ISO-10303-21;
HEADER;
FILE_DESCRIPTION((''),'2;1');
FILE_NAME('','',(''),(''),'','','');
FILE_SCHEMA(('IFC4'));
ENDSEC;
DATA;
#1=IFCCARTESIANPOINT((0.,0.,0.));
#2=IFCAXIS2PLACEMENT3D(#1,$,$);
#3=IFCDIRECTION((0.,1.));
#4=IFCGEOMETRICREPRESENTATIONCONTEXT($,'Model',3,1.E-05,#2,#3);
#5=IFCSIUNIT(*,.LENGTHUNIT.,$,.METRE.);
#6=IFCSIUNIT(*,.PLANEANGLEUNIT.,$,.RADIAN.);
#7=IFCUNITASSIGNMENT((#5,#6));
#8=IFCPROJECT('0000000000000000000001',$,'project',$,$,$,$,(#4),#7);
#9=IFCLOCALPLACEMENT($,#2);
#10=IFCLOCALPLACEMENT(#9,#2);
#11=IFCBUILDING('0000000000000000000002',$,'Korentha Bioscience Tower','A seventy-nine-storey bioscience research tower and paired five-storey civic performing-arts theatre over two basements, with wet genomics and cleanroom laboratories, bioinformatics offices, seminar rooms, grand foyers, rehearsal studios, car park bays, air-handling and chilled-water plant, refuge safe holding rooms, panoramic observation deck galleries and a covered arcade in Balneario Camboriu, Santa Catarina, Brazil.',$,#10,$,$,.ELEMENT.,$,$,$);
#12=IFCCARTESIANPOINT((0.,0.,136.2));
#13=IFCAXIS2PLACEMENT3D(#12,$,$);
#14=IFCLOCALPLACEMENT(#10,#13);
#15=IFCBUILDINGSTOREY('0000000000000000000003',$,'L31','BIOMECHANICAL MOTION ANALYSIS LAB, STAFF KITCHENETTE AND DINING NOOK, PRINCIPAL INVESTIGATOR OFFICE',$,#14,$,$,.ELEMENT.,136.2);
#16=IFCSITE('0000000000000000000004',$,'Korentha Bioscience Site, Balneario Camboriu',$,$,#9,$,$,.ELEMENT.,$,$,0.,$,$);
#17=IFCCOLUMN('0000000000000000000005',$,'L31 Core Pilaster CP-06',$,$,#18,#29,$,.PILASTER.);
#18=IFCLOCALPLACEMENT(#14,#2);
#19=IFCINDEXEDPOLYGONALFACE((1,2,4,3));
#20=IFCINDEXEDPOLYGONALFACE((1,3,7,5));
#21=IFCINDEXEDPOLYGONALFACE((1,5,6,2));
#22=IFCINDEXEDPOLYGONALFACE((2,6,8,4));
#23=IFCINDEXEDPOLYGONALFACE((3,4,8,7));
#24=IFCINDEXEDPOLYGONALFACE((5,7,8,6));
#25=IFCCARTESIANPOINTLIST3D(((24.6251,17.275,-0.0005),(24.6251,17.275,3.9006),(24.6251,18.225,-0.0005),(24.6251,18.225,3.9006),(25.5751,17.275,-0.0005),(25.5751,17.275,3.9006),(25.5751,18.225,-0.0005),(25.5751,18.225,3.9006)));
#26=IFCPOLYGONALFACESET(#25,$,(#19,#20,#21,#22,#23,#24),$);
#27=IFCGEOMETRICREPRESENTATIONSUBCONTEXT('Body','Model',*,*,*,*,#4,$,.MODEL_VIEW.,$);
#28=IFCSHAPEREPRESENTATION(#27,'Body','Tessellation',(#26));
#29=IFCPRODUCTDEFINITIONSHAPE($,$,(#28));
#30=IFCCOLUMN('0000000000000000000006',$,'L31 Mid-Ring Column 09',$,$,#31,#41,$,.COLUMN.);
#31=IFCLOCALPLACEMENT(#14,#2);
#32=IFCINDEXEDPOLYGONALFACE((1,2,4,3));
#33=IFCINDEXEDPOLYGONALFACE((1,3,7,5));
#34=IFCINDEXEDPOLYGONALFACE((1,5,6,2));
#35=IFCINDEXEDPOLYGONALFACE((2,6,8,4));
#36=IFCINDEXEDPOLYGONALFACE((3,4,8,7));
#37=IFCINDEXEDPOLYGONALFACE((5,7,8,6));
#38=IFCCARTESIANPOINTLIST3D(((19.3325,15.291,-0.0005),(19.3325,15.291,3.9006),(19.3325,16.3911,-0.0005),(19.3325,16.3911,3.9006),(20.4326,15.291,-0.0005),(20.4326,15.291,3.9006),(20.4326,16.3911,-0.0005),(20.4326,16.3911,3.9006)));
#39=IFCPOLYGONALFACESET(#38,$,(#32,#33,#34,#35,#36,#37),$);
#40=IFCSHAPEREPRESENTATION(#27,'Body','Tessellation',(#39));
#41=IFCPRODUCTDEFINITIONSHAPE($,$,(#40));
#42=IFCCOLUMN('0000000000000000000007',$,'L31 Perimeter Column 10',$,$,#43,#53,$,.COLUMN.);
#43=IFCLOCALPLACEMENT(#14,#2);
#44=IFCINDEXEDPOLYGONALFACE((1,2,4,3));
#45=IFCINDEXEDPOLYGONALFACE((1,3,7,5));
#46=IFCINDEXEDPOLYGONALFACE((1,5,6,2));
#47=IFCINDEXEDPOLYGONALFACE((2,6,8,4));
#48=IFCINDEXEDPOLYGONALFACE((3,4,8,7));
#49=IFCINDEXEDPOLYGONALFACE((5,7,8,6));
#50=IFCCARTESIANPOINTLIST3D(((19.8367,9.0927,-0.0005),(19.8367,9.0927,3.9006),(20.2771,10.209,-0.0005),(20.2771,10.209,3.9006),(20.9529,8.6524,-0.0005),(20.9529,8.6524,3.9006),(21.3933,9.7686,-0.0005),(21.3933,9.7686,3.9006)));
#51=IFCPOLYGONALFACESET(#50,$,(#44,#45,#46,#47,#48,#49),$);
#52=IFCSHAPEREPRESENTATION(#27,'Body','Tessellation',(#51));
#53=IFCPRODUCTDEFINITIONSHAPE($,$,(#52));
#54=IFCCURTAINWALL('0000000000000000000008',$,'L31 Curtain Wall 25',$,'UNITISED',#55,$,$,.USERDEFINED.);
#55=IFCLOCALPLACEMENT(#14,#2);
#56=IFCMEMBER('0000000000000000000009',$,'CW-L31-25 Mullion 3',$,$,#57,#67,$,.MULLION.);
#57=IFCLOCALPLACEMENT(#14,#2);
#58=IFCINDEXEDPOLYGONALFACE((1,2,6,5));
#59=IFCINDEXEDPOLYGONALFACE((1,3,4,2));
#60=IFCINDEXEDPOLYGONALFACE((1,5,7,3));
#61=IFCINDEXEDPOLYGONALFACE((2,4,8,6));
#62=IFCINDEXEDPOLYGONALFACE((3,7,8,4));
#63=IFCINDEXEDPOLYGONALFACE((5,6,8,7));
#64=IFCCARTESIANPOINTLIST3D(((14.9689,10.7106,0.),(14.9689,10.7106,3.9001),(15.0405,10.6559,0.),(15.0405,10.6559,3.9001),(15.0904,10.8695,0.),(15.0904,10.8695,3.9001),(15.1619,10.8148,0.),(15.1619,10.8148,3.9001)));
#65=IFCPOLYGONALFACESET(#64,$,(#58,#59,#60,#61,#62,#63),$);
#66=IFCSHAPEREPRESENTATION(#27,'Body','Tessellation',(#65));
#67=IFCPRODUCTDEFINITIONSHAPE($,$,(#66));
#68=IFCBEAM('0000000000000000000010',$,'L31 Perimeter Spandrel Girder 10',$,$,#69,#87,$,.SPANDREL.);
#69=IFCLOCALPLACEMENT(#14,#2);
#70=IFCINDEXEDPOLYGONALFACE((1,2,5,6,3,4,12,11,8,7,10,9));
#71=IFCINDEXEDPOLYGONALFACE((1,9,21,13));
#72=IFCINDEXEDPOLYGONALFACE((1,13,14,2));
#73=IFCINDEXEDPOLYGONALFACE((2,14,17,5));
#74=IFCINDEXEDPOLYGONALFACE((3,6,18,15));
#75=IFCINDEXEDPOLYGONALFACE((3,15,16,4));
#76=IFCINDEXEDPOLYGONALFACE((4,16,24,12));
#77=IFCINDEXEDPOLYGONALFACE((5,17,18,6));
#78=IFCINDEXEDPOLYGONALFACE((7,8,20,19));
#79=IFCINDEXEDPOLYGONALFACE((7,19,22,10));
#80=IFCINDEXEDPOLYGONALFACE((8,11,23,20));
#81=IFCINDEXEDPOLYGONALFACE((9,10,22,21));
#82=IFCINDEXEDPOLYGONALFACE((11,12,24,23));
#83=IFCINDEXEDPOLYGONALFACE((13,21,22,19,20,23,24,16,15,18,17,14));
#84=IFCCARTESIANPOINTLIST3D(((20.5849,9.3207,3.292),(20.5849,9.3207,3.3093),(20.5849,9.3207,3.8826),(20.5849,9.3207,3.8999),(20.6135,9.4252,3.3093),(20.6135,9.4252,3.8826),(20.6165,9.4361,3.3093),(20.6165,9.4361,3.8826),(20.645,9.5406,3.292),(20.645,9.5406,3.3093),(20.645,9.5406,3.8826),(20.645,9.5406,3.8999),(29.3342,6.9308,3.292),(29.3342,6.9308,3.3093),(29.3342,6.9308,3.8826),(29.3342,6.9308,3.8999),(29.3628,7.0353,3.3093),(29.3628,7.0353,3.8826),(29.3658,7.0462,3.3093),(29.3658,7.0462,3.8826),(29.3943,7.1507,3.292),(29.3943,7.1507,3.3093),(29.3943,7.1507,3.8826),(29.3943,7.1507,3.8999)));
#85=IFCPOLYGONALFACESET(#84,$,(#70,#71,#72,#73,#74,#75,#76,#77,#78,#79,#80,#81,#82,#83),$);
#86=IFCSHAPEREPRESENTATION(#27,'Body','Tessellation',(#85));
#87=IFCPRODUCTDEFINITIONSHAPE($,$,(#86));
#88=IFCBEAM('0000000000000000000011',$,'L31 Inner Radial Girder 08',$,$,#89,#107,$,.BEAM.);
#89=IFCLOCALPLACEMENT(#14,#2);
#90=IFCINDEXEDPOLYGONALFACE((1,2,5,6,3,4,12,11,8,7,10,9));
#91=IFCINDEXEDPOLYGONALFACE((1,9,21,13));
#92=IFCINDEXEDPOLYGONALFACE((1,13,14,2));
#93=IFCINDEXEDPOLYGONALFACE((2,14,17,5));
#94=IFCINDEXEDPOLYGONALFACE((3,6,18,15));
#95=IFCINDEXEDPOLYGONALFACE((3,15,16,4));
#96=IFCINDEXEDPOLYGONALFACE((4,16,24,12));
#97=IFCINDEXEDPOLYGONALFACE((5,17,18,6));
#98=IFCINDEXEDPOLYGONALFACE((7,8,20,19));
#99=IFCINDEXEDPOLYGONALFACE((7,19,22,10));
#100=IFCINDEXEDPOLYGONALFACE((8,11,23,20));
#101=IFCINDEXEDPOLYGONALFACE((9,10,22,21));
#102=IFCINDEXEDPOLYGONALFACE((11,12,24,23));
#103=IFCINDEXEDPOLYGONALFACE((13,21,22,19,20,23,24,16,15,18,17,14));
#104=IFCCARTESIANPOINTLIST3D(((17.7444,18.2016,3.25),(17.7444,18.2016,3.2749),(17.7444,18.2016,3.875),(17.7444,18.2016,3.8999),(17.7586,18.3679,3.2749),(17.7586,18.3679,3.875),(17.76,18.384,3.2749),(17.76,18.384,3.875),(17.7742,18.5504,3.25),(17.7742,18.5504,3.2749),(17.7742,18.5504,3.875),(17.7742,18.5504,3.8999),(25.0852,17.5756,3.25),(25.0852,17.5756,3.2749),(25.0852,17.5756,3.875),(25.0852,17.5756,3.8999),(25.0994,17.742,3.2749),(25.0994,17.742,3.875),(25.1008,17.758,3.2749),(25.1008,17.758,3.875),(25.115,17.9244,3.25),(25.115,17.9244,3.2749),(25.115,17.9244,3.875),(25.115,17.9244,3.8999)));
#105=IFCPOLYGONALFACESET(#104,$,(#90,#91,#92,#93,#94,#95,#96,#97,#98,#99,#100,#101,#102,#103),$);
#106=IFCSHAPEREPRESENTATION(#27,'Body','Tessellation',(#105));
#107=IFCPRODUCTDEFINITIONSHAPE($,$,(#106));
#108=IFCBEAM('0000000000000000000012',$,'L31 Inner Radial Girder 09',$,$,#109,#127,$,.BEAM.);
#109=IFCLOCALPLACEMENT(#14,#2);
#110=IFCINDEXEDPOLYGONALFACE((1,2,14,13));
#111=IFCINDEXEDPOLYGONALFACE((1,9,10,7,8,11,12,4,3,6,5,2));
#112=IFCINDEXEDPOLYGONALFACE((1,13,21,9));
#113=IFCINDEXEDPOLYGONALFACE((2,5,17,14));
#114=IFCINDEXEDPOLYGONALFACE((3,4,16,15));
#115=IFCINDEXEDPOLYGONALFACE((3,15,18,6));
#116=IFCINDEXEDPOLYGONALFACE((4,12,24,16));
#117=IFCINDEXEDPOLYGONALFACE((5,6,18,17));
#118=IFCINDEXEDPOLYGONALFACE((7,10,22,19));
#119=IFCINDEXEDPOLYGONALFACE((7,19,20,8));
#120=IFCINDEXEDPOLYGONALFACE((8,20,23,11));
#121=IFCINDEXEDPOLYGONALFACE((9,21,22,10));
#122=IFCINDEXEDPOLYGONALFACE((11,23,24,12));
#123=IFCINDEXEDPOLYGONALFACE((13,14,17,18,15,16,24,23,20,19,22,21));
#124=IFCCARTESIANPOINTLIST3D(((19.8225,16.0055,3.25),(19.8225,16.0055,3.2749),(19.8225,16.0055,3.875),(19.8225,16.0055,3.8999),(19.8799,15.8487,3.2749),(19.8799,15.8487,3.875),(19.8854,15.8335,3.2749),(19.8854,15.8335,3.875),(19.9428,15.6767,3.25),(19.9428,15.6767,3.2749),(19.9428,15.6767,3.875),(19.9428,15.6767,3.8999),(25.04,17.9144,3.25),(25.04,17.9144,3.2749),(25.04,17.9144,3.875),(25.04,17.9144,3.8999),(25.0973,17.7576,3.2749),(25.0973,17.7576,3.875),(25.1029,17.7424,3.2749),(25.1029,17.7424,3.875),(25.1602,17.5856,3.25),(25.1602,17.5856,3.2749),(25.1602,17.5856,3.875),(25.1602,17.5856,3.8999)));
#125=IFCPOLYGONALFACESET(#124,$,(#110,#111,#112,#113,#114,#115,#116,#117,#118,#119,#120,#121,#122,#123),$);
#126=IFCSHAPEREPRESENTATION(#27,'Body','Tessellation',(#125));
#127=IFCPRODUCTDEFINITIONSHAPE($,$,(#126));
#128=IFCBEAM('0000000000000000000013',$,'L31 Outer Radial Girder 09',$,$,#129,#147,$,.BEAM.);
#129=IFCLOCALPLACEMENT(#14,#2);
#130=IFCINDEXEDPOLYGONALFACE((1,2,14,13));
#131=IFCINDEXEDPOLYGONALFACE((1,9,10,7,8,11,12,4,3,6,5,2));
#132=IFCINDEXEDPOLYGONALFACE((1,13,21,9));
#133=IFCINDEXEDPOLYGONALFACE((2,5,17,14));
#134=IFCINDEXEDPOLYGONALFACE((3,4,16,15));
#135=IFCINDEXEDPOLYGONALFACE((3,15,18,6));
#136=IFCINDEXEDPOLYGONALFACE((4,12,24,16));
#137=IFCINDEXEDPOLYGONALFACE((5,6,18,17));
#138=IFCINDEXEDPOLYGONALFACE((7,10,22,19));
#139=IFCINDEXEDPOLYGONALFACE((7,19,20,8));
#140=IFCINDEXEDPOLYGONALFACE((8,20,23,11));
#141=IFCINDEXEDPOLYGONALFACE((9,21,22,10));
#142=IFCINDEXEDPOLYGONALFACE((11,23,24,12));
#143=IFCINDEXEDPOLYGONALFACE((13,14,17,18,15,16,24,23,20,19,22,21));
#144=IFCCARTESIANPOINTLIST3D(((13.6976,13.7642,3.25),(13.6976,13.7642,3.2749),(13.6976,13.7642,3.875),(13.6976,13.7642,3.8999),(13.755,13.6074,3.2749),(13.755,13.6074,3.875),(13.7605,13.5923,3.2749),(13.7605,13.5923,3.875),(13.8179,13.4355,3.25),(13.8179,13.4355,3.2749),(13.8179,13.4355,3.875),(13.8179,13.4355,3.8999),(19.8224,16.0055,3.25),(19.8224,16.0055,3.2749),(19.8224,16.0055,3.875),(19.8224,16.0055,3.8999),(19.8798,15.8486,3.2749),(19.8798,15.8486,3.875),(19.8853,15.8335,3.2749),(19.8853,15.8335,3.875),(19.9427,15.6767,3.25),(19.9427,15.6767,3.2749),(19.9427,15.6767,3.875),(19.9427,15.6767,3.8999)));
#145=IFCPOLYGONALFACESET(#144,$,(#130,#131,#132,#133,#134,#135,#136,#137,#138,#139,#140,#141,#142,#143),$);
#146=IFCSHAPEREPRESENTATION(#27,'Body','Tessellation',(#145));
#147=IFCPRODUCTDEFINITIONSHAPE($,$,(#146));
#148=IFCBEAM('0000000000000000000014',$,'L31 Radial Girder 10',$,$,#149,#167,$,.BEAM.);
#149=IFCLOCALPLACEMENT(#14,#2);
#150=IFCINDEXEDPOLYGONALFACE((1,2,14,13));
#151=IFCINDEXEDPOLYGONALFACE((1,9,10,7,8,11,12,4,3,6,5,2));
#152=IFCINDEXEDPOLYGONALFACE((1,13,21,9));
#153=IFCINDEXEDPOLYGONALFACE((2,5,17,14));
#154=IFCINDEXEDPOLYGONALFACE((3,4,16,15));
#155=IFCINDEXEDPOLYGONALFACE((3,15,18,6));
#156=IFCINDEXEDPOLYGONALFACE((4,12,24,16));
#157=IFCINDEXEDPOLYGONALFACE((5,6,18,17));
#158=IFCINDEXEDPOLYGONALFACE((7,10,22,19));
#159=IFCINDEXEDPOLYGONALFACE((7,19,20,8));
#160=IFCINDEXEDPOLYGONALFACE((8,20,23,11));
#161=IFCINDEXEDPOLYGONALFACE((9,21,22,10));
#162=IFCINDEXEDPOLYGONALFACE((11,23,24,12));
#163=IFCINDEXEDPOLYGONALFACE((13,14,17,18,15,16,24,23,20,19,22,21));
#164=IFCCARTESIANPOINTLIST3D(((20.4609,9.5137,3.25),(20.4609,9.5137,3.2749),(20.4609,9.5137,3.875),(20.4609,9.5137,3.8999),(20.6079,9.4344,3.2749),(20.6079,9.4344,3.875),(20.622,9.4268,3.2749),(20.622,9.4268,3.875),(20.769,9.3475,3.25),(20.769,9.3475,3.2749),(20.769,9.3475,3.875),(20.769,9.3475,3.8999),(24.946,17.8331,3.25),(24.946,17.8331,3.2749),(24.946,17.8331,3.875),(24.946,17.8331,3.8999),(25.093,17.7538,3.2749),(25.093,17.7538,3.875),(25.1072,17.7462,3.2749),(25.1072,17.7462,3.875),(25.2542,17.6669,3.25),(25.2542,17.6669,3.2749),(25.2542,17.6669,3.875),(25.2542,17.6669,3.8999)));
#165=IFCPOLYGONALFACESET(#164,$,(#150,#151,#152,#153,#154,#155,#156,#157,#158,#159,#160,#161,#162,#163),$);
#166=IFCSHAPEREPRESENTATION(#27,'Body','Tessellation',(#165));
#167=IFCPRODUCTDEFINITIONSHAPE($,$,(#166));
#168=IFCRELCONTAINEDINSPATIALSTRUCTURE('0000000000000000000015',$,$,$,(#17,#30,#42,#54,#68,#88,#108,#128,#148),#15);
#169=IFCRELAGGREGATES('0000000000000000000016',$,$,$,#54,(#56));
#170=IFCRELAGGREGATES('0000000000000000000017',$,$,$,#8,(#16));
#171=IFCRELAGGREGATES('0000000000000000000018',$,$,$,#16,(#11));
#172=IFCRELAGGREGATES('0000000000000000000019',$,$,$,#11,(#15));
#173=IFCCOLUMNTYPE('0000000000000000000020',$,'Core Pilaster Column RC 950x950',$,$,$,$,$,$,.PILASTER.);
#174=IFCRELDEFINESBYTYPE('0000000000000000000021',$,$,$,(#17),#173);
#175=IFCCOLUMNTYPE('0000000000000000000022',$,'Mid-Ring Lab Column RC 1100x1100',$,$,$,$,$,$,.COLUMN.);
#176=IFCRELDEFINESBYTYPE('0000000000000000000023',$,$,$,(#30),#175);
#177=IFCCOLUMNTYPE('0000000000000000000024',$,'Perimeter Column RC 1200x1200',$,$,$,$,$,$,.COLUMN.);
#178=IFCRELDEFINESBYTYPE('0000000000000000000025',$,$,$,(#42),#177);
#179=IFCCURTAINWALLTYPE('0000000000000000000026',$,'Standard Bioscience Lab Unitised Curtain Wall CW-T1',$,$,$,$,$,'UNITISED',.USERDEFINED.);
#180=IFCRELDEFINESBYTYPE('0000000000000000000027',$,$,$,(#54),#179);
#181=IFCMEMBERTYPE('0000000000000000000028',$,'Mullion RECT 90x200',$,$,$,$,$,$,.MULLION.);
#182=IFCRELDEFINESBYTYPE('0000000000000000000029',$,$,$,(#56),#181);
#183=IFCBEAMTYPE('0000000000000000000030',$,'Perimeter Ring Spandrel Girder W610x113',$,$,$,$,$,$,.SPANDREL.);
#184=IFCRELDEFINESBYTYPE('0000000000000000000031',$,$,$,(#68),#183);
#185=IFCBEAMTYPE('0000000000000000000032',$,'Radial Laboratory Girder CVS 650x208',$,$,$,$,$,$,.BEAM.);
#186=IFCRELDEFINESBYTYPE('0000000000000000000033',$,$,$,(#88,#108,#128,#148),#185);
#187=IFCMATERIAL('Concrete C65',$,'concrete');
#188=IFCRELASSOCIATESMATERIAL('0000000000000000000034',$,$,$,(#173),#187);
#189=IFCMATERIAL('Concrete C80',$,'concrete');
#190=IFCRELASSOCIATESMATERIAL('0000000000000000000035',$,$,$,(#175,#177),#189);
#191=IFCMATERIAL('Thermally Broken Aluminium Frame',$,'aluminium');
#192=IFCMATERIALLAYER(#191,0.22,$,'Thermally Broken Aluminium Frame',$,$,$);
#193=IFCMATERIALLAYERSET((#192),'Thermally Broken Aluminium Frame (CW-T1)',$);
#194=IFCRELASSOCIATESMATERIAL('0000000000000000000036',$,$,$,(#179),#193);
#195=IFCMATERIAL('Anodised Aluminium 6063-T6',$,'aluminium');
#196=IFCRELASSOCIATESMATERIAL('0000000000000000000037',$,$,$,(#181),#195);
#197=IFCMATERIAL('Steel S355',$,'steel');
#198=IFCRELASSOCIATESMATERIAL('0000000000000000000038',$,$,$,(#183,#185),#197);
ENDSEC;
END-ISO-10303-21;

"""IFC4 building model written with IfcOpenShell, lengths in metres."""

from ifc_helpers import new_model, si_unit, direction, frame, origin, origin_2d, place, context, subcontext, project, spatial, rectangle, i_section, extrude, material, layer, layer_set, material_profile, profile_set, type_object, element, aggregate, save


model = new_model("IFC4")

# Units and contexts
model_context = context("Model", 3, precision=1e-05, world=origin(), true_north=direction((0.0, 1.0)))
body_context = subcontext(model_context, "Body", "Model", "MODEL_VIEW")
ifc_project = project(units=[si_unit("LENGTHUNIT", "METRE"), si_unit("PLANEANGLEUNIT", "RADIAN")], contexts=[model_context])

# Site, building, storey
site_placement = place(None, origin())
site = spatial("IfcSite", under=ifc_project, at=site_placement, Name="Korentha Bioscience Site, Balneario Camboriu", CompositionType="ELEMENT", RefElevation=0.0)
building_placement = place(site_placement, origin())
building = spatial("IfcBuilding", under=site, at=building_placement, Name="Korentha Bioscience Tower", Description="A seventy-nine-storey bioscience research tower and paired five-storey civic performing-arts theatre over two basements, with wet genomics and cleanroom laboratories, bioinformatics offices, seminar rooms, grand foyers, rehearsal studios, car park bays, air-handling and chilled-water plant, refuge safe holding rooms, panoramic observation deck galleries and a covered arcade in Balneario Camboriu, Santa Catarina, Brazil.", CompositionType="ELEMENT")
storey_placement = place(building_placement, frame((0.0, 0.0, 136.2)))
storey = spatial("IfcBuildingStorey", under=building, at=storey_placement, Name="L31", Description="BIOMECHANICAL MOTION ANALYSIS LAB, STAFF KITCHENETTE AND DINING NOOK, PRINCIPAL INVESTIGATOR OFFICE", CompositionType="ELEMENT", Elevation=136.2)

# Columns
ifc_material_1 = material(Name="Concrete C65", Category="concrete")
ifc_material_profile_1 = material_profile(ifc_material_1, rectangle(XDim=0.95, YDim=0.95, at=origin_2d()), Name="Concrete C65")
ifc_profile_set_1 = profile_set([ifc_material_profile_1], Name="Concrete C65 (COL-CP09)")
column_type_1 = type_object("IfcColumnType", Name="Core Pilaster Column RC 950x950", PredefinedType="PILASTER", material=ifc_profile_set_1)
column_1_placement = place(storey_placement, frame((25.1001, 17.75, -0.0005), z_axis=(0.0, 0.0, 1.0), x_axis=(1.0, 0.0, 0.0)))
element("IfcColumn", 1, at=column_1_placement, inside=storey, type_object=column_type_1, Name="L31 Core Pilaster CP-06", PredefinedType="PILASTER", context=body_context, shape_type="SweptSolid", body=[
    extrude(rectangle(XDim=0.95, YDim=0.95, at=origin_2d()), origin(), (0.0, 0.0, 1.0), 3.9011),
])
ifc_material_2 = material(Name="Concrete C80", Category="concrete")
ifc_material_profile_2 = material_profile(ifc_material_2, rectangle(XDim=1.1001, YDim=1.1001, at=origin_2d()), Name="Concrete C80")
ifc_profile_set_2 = profile_set([ifc_material_profile_2], Name="Concrete C80 (COL-MR11)")
column_type_2 = type_object("IfcColumnType", Name="Mid-Ring Lab Column RC 1100x1100", PredefinedType="COLUMN", material=ifc_profile_set_2)
column_2_placement = place(storey_placement, frame((19.8826, 15.8411, -0.0005), z_axis=(0.0, 0.0, 1.0), x_axis=(1.0, 0.0, 0.0)))
element("IfcColumn", 2, at=column_2_placement, inside=storey, type_object=column_type_2, Name="L31 Mid-Ring Column 09", PredefinedType="COLUMN", context=body_context, shape_type="SweptSolid", body=[
    extrude(rectangle(XDim=1.1001, YDim=1.1001, at=origin_2d()), origin(), (0.0, 0.0, 1.0), 3.9011),
])
ifc_material_profile_3 = material_profile(ifc_material_2, rectangle(XDim=1.2, YDim=1.2, at=origin_2d()), Name="Concrete C80")
ifc_profile_set_3 = profile_set([ifc_material_profile_3], Name="Concrete C80 (COL-P12)")
column_type_3 = type_object("IfcColumnType", Name="Perimeter Column RC 1200x1200", PredefinedType="COLUMN", material=ifc_profile_set_3)
column_3_placement = place(storey_placement, frame((20.615, 9.4307, -0.0005), z_axis=(0.0, 0.0, 1.0), x_axis=(-0.930226, 0.366988, 0.0)))
element("IfcColumn", 3, at=column_3_placement, inside=storey, type_object=column_type_3, Name="L31 Perimeter Column 10", PredefinedType="COLUMN", context=body_context, shape_type="SweptSolid", body=[
    extrude(rectangle(XDim=1.2, YDim=1.2, at=origin_2d()), origin(), (0.0, 0.0, 1.0), 3.9011),
])

# Curtain wall, member
ifc_material_3 = material(Name="Thermally Broken Aluminium Frame", Category="aluminium")
ifc_layer_1 = layer(ifc_material_3, 0.22, Name="Thermally Broken Aluminium Frame")
ifc_layer_set_1 = layer_set([ifc_layer_1], Name="Thermally Broken Aluminium Frame (CW-T1)")
curtain_wall_type = type_object("IfcCurtainWallType", Name="Standard Bioscience Lab Unitised Curtain Wall CW-T1", ElementType="UNITISED", PredefinedType="USERDEFINED", material=ifc_layer_set_1)
curtain_wall_placement = place(storey_placement, origin())
curtain_wall = element("IfcCurtainWall", 4, at=curtain_wall_placement, inside=storey, type_object=curtain_wall_type, Name="L31 Curtain Wall 25", ObjectType="UNITISED", PredefinedType="USERDEFINED")
ifc_material_4 = material(Name="Anodised Aluminium 6063-T6", Category="aluminium")
ifc_material_profile_4 = material_profile(ifc_material_4, rectangle(XDim=0.0901, YDim=0.2, at=origin_2d()), Name="Anodised Aluminium 6063-T6")
ifc_profile_set_4 = profile_set([ifc_material_profile_4], Name="Anodised Aluminium 6063-T6 (CW-MUL)")
member_type = type_object("IfcMemberType", Name="Mullion RECT 90x200", PredefinedType="MULLION", material=ifc_profile_set_4)
member_placement = place(storey_placement, frame((15.0654, 10.7627, 0.0), z_axis=(0.0, 0.0, 1.0), x_axis=(0.7945, -0.607265, 0.0)))
member = element("IfcMember", 5, at=member_placement, type_object=member_type, Name="CW-L31-25 Mullion 3", PredefinedType="MULLION", context=body_context, shape_type="SweptSolid", body=[
    extrude(rectangle(XDim=0.0901, YDim=0.2, at=origin_2d()), origin(), (0.0, 0.0, 1.0), 3.9001),
])

# Beams
ifc_material_5 = material(Name="Steel S355", Category="steel")
ifc_material_profile_5 = material_profile(ifc_material_5, i_section(OverallWidth=0.228, OverallDepth=0.6079, WebThickness=0.0112, FlangeThickness=0.0173, at=origin_2d()), Name="Steel S355")
ifc_profile_set_5 = profile_set([ifc_material_profile_5], Name="Steel S355 (SB-610)")
beam_type_1 = type_object("IfcBeamType", Name="Perimeter Ring Spandrel Girder W610x113", PredefinedType="SPANDREL", material=ifc_profile_set_5)
beam_1_placement = place(storey_placement, frame((20.615, 9.4307, 3.5959), z_axis=(0.964659, -0.2635, 0.0), x_axis=(0.2635, 0.964659, 0.0)))
element("IfcBeam", 6, at=beam_1_placement, inside=storey, type_object=beam_type_1, Name="L31 Perimeter Spandrel Girder 10", PredefinedType="SPANDREL", context=body_context, shape_type="SweptSolid", body=[
    extrude(i_section(OverallWidth=0.228, OverallDepth=0.6079, WebThickness=0.0112, FlangeThickness=0.0173, at=origin_2d()), origin(), (0.0, 0.0, 1.0), 9.0698),
])
ifc_material_profile_6 = material_profile(ifc_material_5, i_section(OverallWidth=0.3501, OverallDepth=0.6499, WebThickness=0.0161, FlangeThickness=0.0249, at=origin_2d()), Name="Steel S355")
ifc_profile_set_6 = profile_set([ifc_material_profile_6], Name="Steel S355 (RB-650)")
beam_type_2 = type_object("IfcBeamType", Name="Radial Laboratory Girder CVS 650x208", PredefinedType="BEAM", material=ifc_profile_set_6)
beam_2_placement = place(storey_placement, frame((25.1001, 17.75, 3.575), z_axis=(-0.996384, 0.084965, 0.0), x_axis=(-0.084965, -0.996384, 0.0)))
element("IfcBeam", 7, at=beam_2_placement, inside=storey, type_object=beam_type_2, Name="L31 Inner Radial Girder 08", PredefinedType="BEAM", context=body_context, shape_type="SweptSolid", body=[
    extrude(i_section(OverallWidth=0.3501, OverallDepth=0.6499, WebThickness=0.0161, FlangeThickness=0.0249, at=origin_2d()), origin(), (0.0, 0.0, 1.0), 7.3674),
])
beam_3_placement = place(storey_placement, frame((25.1001, 17.75, 3.575), z_axis=(-0.939118, -0.343595, 0.0), x_axis=(0.343595, -0.939118, 0.0)))
element("IfcBeam", 8, at=beam_3_placement, inside=storey, type_object=beam_type_2, Name="L31 Inner Radial Girder 09", PredefinedType="BEAM", context=body_context, shape_type="SweptSolid", body=[
    extrude(i_section(OverallWidth=0.3501, OverallDepth=0.6499, WebThickness=0.0161, FlangeThickness=0.0249, at=origin_2d()), origin(), (0.0, 0.0, 1.0), 5.5557),
])
beam_4_placement = place(storey_placement, frame((19.8826, 15.8411, 3.575), z_axis=(-0.939101, -0.343642, 0.0), x_axis=(0.343642, -0.939101, 0.0)))
element("IfcBeam", 9, at=beam_4_placement, inside=storey, type_object=beam_type_2, Name="L31 Outer Radial Girder 09", PredefinedType="BEAM", context=body_context, shape_type="SweptSolid", body=[
    extrude(i_section(OverallWidth=0.3501, OverallDepth=0.6499, WebThickness=0.0161, FlangeThickness=0.0249, at=origin_2d()), origin(), (0.0, 0.0, 1.0), 6.522),
])
beam_5_placement = place(storey_placement, frame((25.1001, 17.75, 3.575), z_axis=(-0.474548, -0.88023, 0.0), x_axis=(0.88023, -0.474548, 0.0)))
element("IfcBeam", 10, at=beam_5_placement, inside=storey, type_object=beam_type_2, Name="L31 Radial Girder 10", PredefinedType="BEAM", context=body_context, shape_type="SweptSolid", body=[
    extrude(i_section(OverallWidth=0.3501, OverallDepth=0.6499, WebThickness=0.0161, FlangeThickness=0.0249, at=origin_2d()), origin(), (0.0, 0.0, 1.0), 9.4514),
])

aggregate(curtain_wall, [member])

save(model, "model.ifc")
